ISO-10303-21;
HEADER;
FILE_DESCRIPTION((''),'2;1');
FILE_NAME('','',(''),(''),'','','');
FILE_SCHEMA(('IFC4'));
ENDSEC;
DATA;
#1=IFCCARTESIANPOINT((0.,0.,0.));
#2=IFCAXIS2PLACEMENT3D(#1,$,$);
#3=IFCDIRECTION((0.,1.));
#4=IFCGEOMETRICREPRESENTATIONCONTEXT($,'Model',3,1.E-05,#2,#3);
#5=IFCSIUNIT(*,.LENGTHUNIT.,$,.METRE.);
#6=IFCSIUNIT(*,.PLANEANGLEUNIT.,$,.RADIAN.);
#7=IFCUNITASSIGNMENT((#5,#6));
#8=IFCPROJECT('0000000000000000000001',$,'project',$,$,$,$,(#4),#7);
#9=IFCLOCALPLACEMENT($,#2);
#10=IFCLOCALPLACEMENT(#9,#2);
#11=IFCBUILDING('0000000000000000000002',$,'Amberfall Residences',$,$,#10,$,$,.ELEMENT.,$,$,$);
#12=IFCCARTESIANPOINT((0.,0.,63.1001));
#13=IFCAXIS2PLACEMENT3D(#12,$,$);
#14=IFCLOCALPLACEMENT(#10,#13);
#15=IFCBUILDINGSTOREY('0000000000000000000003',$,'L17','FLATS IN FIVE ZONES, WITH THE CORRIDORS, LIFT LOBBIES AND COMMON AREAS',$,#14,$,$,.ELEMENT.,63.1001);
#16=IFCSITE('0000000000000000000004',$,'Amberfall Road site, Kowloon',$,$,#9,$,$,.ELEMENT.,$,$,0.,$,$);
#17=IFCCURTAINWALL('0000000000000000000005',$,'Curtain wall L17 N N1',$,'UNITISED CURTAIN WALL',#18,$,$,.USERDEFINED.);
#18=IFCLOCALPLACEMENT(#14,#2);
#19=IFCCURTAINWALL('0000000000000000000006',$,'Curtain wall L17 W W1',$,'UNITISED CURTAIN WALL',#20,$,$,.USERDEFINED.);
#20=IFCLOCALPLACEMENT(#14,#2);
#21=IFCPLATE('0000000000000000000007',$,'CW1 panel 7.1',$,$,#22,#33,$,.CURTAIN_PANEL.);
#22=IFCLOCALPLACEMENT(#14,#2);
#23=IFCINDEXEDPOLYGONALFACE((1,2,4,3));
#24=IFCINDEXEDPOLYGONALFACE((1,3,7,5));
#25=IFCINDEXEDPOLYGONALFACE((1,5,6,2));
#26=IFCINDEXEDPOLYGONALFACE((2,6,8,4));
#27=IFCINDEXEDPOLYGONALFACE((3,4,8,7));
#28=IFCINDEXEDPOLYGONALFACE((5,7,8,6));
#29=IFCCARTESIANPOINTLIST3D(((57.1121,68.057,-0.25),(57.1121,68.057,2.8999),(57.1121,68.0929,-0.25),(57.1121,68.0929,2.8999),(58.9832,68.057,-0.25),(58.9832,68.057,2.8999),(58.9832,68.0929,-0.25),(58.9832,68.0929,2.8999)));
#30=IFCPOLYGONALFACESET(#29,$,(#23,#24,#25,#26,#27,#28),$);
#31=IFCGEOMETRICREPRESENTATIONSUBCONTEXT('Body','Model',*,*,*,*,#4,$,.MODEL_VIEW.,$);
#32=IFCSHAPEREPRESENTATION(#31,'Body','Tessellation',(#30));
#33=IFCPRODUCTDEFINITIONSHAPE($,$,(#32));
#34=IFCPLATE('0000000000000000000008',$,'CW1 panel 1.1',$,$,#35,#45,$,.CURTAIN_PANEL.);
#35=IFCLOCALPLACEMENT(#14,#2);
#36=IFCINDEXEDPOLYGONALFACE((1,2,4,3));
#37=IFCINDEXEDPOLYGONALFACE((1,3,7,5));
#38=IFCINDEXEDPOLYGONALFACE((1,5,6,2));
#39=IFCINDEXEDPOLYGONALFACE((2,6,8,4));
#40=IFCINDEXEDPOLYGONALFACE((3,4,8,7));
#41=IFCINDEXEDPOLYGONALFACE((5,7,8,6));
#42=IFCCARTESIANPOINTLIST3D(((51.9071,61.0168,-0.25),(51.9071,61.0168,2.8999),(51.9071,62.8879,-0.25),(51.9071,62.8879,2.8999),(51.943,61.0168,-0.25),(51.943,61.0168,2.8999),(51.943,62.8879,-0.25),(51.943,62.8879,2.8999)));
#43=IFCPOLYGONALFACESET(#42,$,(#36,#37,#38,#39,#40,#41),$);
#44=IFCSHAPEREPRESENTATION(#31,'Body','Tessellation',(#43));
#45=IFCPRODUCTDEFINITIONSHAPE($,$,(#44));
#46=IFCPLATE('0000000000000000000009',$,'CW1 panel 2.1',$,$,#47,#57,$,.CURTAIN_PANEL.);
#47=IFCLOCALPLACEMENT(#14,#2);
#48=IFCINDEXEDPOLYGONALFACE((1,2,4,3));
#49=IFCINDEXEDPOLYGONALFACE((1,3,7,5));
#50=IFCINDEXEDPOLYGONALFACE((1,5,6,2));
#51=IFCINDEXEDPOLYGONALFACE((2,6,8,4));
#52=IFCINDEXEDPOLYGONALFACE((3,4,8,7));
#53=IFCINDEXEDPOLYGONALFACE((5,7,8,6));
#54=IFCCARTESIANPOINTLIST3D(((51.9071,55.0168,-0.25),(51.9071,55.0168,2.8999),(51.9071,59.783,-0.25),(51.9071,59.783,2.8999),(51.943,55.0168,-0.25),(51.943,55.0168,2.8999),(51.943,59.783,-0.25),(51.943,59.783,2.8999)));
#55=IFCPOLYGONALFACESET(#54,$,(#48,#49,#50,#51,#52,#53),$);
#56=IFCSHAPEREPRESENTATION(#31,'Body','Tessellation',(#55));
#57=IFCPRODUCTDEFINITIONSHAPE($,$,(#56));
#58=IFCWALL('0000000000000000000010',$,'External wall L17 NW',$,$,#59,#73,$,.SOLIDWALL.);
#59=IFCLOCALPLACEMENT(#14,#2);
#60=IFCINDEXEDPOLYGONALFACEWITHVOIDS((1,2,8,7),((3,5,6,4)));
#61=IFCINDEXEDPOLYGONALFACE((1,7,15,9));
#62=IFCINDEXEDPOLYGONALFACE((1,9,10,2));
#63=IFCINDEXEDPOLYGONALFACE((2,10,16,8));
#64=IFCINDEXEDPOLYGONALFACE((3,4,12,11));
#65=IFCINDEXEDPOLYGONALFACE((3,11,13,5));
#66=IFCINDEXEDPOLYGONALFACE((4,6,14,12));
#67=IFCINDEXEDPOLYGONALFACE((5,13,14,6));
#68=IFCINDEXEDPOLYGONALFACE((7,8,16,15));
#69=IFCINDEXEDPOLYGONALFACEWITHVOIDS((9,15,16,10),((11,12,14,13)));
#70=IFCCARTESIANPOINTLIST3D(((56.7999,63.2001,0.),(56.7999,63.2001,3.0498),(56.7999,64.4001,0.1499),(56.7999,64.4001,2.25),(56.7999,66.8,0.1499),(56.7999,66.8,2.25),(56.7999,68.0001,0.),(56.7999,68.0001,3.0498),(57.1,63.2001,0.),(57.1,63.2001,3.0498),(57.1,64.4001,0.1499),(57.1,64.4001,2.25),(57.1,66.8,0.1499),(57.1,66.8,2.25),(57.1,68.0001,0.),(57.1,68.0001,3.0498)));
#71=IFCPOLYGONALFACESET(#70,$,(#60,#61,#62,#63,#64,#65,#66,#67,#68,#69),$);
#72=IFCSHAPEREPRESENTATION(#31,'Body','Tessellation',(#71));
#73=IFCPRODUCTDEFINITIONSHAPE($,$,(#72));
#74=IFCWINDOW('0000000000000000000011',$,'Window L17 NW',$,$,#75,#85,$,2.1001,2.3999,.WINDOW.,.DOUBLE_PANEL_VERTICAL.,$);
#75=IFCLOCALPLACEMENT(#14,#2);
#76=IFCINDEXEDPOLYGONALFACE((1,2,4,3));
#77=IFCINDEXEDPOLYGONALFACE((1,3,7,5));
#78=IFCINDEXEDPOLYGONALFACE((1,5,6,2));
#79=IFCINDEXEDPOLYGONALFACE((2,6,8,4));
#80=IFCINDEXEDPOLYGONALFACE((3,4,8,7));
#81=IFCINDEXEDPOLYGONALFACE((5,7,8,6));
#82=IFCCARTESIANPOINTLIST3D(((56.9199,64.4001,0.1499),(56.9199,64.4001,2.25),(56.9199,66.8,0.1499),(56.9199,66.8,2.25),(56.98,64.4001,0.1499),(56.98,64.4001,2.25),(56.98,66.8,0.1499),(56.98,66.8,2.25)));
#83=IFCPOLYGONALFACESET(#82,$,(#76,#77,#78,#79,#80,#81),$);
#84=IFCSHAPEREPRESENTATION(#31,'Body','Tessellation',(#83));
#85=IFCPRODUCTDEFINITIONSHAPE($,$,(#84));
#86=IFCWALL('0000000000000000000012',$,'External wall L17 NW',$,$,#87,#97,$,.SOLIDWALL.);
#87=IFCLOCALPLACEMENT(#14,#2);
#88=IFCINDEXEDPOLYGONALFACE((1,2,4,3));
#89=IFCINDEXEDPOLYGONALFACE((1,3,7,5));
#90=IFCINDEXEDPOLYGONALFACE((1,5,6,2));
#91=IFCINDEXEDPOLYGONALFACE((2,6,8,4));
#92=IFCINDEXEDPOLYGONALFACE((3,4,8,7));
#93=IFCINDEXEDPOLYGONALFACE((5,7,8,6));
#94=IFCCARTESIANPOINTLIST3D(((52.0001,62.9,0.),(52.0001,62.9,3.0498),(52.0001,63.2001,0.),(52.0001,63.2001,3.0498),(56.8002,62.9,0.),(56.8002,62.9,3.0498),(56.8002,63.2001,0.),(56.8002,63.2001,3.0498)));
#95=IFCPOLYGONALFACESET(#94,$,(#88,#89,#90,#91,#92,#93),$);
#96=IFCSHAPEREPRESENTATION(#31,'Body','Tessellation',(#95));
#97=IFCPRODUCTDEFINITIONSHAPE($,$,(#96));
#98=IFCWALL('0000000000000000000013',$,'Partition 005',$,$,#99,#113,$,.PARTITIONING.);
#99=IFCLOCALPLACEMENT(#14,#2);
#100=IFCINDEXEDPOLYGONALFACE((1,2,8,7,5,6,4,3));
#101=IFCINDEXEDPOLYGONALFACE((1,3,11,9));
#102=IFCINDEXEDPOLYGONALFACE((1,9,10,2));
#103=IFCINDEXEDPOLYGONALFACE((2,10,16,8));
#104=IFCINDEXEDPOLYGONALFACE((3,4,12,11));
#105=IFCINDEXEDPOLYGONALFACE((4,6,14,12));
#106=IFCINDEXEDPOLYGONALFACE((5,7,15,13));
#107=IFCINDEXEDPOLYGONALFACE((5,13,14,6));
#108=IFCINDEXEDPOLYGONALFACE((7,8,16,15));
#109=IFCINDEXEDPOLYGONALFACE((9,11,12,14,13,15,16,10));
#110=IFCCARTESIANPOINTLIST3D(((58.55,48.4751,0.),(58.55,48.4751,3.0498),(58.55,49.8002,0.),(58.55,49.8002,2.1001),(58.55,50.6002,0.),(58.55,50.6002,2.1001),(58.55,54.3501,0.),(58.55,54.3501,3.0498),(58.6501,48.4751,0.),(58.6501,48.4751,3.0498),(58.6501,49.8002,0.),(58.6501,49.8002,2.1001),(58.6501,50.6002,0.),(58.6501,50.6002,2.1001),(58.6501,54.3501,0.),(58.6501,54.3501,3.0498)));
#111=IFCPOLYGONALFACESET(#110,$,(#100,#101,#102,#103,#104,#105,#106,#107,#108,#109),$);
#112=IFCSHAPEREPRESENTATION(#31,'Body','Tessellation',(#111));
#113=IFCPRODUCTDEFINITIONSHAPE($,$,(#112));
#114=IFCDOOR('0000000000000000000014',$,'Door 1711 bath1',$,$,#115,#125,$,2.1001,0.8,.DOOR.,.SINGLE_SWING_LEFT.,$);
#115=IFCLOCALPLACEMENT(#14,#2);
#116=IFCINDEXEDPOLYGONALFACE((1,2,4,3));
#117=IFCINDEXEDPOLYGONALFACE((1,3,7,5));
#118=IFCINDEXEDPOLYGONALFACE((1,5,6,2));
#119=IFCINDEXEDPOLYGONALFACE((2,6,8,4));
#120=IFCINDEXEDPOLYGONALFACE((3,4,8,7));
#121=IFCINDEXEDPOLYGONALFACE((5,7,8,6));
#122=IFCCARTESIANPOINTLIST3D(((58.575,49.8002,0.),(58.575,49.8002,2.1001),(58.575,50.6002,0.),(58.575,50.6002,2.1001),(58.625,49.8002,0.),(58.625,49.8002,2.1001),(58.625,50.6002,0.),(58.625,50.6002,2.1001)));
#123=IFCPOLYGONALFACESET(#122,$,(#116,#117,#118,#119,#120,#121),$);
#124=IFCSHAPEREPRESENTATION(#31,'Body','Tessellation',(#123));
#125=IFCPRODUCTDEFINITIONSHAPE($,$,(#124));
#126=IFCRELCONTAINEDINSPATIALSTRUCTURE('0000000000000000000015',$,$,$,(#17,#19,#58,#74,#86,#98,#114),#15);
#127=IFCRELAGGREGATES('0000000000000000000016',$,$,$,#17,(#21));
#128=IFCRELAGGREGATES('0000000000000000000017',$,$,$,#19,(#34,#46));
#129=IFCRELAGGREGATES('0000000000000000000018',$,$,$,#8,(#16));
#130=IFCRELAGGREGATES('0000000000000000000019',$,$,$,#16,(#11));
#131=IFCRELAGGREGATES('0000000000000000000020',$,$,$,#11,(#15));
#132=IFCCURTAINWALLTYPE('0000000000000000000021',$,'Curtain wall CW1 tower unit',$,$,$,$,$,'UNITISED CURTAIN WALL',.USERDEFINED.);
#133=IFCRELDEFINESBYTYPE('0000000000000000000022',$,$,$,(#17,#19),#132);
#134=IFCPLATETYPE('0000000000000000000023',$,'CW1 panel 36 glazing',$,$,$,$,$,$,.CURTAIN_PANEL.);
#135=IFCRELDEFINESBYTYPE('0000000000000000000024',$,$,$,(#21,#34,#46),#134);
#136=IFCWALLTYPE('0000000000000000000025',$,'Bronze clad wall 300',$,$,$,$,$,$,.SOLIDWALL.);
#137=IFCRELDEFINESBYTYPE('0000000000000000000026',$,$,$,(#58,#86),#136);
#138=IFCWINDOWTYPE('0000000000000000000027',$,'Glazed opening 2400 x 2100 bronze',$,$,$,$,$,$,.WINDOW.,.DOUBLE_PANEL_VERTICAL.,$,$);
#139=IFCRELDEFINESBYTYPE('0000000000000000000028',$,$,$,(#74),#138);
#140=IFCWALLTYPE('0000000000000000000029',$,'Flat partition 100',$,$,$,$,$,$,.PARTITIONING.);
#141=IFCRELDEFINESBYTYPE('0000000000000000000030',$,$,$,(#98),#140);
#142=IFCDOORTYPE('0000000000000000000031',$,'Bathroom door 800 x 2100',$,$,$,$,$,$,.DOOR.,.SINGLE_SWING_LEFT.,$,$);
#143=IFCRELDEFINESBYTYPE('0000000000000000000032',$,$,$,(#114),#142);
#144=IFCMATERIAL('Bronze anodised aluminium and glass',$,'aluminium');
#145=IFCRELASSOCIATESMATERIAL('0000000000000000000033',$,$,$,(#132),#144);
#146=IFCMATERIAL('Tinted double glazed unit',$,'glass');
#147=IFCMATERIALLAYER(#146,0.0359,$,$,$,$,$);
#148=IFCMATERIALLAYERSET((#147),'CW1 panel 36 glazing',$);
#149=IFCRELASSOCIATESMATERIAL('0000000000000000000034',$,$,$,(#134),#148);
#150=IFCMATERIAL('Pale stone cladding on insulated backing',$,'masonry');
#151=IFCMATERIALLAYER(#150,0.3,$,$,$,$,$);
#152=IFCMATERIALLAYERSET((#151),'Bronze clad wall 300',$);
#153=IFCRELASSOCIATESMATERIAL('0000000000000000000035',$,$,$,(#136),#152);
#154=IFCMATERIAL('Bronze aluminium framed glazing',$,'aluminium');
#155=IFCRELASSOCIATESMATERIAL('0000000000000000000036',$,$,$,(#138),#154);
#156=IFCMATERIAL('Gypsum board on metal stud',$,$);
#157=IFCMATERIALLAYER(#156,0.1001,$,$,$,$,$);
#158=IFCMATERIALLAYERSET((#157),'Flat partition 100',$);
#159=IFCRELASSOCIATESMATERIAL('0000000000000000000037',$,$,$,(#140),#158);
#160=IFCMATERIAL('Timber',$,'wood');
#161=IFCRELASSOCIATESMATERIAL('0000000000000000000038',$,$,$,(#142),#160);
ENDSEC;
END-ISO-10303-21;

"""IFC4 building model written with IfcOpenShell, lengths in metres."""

from ifc_helpers import new_model, si_unit, direction, frame, frame_2d, origin, origin_2d, place, context, subcontext, project, spatial, rectangle, extrude, material, layer, layer_set, type_object, element, fill, aggregate, save


model = new_model("IFC4")

# Units and contexts
model_context = context("Model", 3, precision=1e-05, world=origin(), true_north=direction((0.0, 1.0)))
body_context = subcontext(model_context, "Body", "Model", "MODEL_VIEW")
ifc_project = project(units=[si_unit("LENGTHUNIT", "METRE"), si_unit("PLANEANGLEUNIT", "RADIAN")], contexts=[model_context])

# Site, building, storey
site_placement = place(None, origin())
site = spatial("IfcSite", under=ifc_project, at=site_placement, Name="Amberfall Road site, Kowloon", CompositionType="ELEMENT", RefElevation=0.0)
building_placement = place(site_placement, origin())
building = spatial("IfcBuilding", under=site, at=building_placement, Name="Amberfall Residences", CompositionType="ELEMENT")
storey_placement = place(building_placement, frame((0.0, 0.0, 63.1001)))
storey = spatial("IfcBuildingStorey", under=building, at=storey_placement, Name="L17", Description="FLATS IN FIVE ZONES, WITH THE CORRIDORS, LIFT LOBBIES AND COMMON AREAS", CompositionType="ELEMENT", Elevation=63.1001)

# Curtain wall
ifc_material_1 = material(Name="Bronze anodised aluminium and glass", Category="aluminium")
curtain_wall_type = type_object("IfcCurtainWallType", Name="Curtain wall CW1 tower unit", ElementType="UNITISED CURTAIN WALL", PredefinedType="USERDEFINED", material=ifc_material_1)
curtain_wall_1_placement = place(storey_placement, origin())
curtain_wall_1 = element("IfcCurtainWall", 1, at=curtain_wall_1_placement, inside=storey, type_object=curtain_wall_type, Name="Curtain wall L17 N N1", ObjectType="UNITISED CURTAIN WALL", PredefinedType="USERDEFINED")

# Curtain wall
curtain_wall_2_placement = place(storey_placement, origin())
curtain_wall_2 = element("IfcCurtainWall", 2, at=curtain_wall_2_placement, inside=storey, type_object=curtain_wall_type, Name="Curtain wall L17 W W1", ObjectType="UNITISED CURTAIN WALL", PredefinedType="USERDEFINED")

# Plates
ifc_material_2 = material(Name="Tinted double glazed unit", Category="glass")
ifc_layer_1 = layer(ifc_material_2, 0.0359)
ifc_layer_set_1 = layer_set([ifc_layer_1], Name="CW1 panel 36 glazing")
plate_type = type_object("IfcPlateType", Name="CW1 panel 36 glazing", PredefinedType="CURTAIN_PANEL", material=ifc_layer_set_1)
plate_1_placement = place(storey_placement, frame((58.0476, 68.075, -0.25), z_axis=(0.0, 0.0, 1.0), x_axis=(-1.0, 0.0, 0.0)))
plate_1 = element("IfcPlate", 3, at=plate_1_placement, type_object=plate_type, Name="CW1 panel 7.1", PredefinedType="CURTAIN_PANEL", context=body_context, shape_type="SweptSolid", body=[
    extrude(rectangle(XDim=1.8711, YDim=0.0359, at=origin_2d()), origin(), (0.0, 0.0, 1.0), 3.1499),
])
aggregate(curtain_wall_1, [plate_1])
plate_2_placement = place(storey_placement, frame((51.925, 61.9524, -0.25), z_axis=(0.0, 0.0, 1.0), x_axis=(0.0, -1.0, 0.0)))
plate_2 = element("IfcPlate", 4, at=plate_2_placement, type_object=plate_type, Name="CW1 panel 1.1", PredefinedType="CURTAIN_PANEL", context=body_context, shape_type="SweptSolid", body=[
    extrude(rectangle(XDim=1.8711, YDim=0.0359, at=origin_2d()), origin(), (0.0, 0.0, 1.0), 3.1499),
])
plate_3_placement = place(storey_placement, frame((51.925, 57.3999, -0.25), z_axis=(0.0, 0.0, 1.0), x_axis=(0.0, -1.0, 0.0)))
plate_3 = element("IfcPlate", 5, at=plate_3_placement, type_object=plate_type, Name="CW1 panel 2.1", PredefinedType="CURTAIN_PANEL", context=body_context, shape_type="SweptSolid", body=[
    extrude(rectangle(XDim=4.7661, YDim=0.0359, at=origin_2d()), origin(), (0.0, 0.0, 1.0), 3.1499),
])
aggregate(curtain_wall_2, [plate_2, plate_3])

# Wall, opening, window
ifc_material_3 = material(Name="Pale stone cladding on insulated backing", Category="masonry")
ifc_layer_2 = layer(ifc_material_3, 0.3)
ifc_layer_set_2 = layer_set([ifc_layer_2], Name="Bronze clad wall 300")
wall_type_1 = type_object("IfcWallType", Name="Bronze clad wall 300", PredefinedType="SOLIDWALL", material=ifc_layer_set_2)
wall_1_placement = place(storey_placement, frame((56.95, 68.0, 0.0), z_axis=(0.0, 0.0, 1.0), x_axis=(0.0, -1.0, 0.0)))
wall_1 = element("IfcWall", 6, at=wall_1_placement, inside=storey, type_object=wall_type_1, Name="External wall L17 NW", PredefinedType="SOLIDWALL", context=body_context, shape_type="SweptSolid", body=[
    extrude(rectangle(XDim=4.8, YDim=0.3, at=frame_2d((2.3999, 0.0))), origin(), (0.0, 0.0, 1.0), 3.0498),
])
opening_1_placement = place(wall_1_placement, frame((1.2, 0.0, 0.1499)))
opening_1 = element("IfcOpeningElement", 7, at=opening_1_placement, cuts=wall_1, PredefinedType="OPENING", context=body_context, shape_type="SweptSolid", body=[
    extrude(rectangle(XDim=2.3999, YDim=2.1001, at=frame_2d((1.2, 1.05))), frame((0.0, 0.1599, 0.0), z_axis=(0.0, -1.0, 0.0), x_axis=(1.0, 0.0, 0.0)), (0.0, 0.0, 1.0), 0.3201),
])
ifc_material_4 = material(Name="Bronze aluminium framed glazing", Category="aluminium")
window_type = type_object("IfcWindowType", Name="Glazed opening 2400 x 2100 bronze", PartitioningType="DOUBLE_PANEL_VERTICAL", PredefinedType="WINDOW", material=ifc_material_4)
window_placement = place(opening_1_placement, origin())
window = element("IfcWindow", 8, at=window_placement, inside=storey, type_object=window_type, Name="Window L17 NW", OverallHeight=2.1001, OverallWidth=2.3999, PartitioningType="DOUBLE_PANEL_VERTICAL", PredefinedType="WINDOW", context=body_context, shape_type="SweptSolid", body=[
    extrude(rectangle(XDim=2.3999, YDim=2.1001, at=frame_2d((1.2, 1.05))), frame((0.0, 0.03, 0.0), z_axis=(0.0, -1.0, 0.0), x_axis=(1.0, 0.0, 0.0)), (0.0, 0.0, 1.0), 0.0601),
])
fill(opening_1, window)

# Wall
wall_2_placement = place(storey_placement, frame((56.8, 63.05, 0.0), z_axis=(0.0, 0.0, 1.0), x_axis=(-1.0, 0.0, 0.0)))
element("IfcWall", 9, at=wall_2_placement, inside=storey, type_object=wall_type_1, Name="External wall L17 NW", PredefinedType="SOLIDWALL", context=body_context, shape_type="SweptSolid", body=[
    extrude(rectangle(XDim=4.8, YDim=0.3, at=frame_2d((2.3999, 0.0))), origin(), (0.0, 0.0, 1.0), 3.0498),
])

# Wall, opening, door
ifc_material_5 = material(Name="Gypsum board on metal stud")
ifc_layer_3 = layer(ifc_material_5, 0.1001)
ifc_layer_set_3 = layer_set([ifc_layer_3], Name="Flat partition 100")
wall_type_2 = type_object("IfcWallType", Name="Flat partition 100", PredefinedType="PARTITIONING", material=ifc_layer_set_3)
wall_3_placement = place(storey_placement, frame((58.6001, 54.3501, 0.0), z_axis=(0.0, 0.0, 1.0), x_axis=(0.0, -1.0, 0.0)))
wall_3 = element("IfcWall", 10, at=wall_3_placement, inside=storey, type_object=wall_type_2, Name="Partition 005", PredefinedType="PARTITIONING", context=body_context, shape_type="SweptSolid", body=[
    extrude(rectangle(XDim=5.875, YDim=0.1001, at=frame_2d((2.9375, 0.0))), origin(), (0.0, 0.0, 1.0), 3.0498),
])
opening_2_placement = place(wall_3_placement, frame((3.75, 0.0, 0.0)))
opening_2 = element("IfcOpeningElement", 11, at=opening_2_placement, cuts=wall_3, PredefinedType="OPENING", context=body_context, shape_type="SweptSolid", body=[
    extrude(rectangle(XDim=0.8, YDim=2.1001, at=frame_2d((0.3999, 1.05))), frame((0.0, 0.0601, 0.0), z_axis=(0.0, -1.0, 0.0), x_axis=(1.0, 0.0, 0.0)), (0.0, 0.0, 1.0), 0.1201),
])
ifc_material_6 = material(Name="Timber", Category="wood")
door_type = type_object("IfcDoorType", Name="Bathroom door 800 x 2100", OperationType="SINGLE_SWING_LEFT", PredefinedType="DOOR", material=ifc_material_6)
door_placement = place(opening_2_placement, origin())
door = element("IfcDoor", 12, at=door_placement, inside=storey, type_object=door_type, Name="Door 1711 bath1", OperationType="SINGLE_SWING_LEFT", OverallHeight=2.1001, OverallWidth=0.8, PredefinedType="DOOR", context=body_context, shape_type="SweptSolid", body=[
    extrude(rectangle(XDim=0.8, YDim=2.1001, at=frame_2d((0.3999, 1.05))), frame((0.0, 0.0249, 0.0), z_axis=(0.0, -1.0, 0.0), x_axis=(1.0, 0.0, 0.0)), (0.0, 0.0, 1.0), 0.05),
])
fill(opening_2, door)

save(model, "model.ifc")
